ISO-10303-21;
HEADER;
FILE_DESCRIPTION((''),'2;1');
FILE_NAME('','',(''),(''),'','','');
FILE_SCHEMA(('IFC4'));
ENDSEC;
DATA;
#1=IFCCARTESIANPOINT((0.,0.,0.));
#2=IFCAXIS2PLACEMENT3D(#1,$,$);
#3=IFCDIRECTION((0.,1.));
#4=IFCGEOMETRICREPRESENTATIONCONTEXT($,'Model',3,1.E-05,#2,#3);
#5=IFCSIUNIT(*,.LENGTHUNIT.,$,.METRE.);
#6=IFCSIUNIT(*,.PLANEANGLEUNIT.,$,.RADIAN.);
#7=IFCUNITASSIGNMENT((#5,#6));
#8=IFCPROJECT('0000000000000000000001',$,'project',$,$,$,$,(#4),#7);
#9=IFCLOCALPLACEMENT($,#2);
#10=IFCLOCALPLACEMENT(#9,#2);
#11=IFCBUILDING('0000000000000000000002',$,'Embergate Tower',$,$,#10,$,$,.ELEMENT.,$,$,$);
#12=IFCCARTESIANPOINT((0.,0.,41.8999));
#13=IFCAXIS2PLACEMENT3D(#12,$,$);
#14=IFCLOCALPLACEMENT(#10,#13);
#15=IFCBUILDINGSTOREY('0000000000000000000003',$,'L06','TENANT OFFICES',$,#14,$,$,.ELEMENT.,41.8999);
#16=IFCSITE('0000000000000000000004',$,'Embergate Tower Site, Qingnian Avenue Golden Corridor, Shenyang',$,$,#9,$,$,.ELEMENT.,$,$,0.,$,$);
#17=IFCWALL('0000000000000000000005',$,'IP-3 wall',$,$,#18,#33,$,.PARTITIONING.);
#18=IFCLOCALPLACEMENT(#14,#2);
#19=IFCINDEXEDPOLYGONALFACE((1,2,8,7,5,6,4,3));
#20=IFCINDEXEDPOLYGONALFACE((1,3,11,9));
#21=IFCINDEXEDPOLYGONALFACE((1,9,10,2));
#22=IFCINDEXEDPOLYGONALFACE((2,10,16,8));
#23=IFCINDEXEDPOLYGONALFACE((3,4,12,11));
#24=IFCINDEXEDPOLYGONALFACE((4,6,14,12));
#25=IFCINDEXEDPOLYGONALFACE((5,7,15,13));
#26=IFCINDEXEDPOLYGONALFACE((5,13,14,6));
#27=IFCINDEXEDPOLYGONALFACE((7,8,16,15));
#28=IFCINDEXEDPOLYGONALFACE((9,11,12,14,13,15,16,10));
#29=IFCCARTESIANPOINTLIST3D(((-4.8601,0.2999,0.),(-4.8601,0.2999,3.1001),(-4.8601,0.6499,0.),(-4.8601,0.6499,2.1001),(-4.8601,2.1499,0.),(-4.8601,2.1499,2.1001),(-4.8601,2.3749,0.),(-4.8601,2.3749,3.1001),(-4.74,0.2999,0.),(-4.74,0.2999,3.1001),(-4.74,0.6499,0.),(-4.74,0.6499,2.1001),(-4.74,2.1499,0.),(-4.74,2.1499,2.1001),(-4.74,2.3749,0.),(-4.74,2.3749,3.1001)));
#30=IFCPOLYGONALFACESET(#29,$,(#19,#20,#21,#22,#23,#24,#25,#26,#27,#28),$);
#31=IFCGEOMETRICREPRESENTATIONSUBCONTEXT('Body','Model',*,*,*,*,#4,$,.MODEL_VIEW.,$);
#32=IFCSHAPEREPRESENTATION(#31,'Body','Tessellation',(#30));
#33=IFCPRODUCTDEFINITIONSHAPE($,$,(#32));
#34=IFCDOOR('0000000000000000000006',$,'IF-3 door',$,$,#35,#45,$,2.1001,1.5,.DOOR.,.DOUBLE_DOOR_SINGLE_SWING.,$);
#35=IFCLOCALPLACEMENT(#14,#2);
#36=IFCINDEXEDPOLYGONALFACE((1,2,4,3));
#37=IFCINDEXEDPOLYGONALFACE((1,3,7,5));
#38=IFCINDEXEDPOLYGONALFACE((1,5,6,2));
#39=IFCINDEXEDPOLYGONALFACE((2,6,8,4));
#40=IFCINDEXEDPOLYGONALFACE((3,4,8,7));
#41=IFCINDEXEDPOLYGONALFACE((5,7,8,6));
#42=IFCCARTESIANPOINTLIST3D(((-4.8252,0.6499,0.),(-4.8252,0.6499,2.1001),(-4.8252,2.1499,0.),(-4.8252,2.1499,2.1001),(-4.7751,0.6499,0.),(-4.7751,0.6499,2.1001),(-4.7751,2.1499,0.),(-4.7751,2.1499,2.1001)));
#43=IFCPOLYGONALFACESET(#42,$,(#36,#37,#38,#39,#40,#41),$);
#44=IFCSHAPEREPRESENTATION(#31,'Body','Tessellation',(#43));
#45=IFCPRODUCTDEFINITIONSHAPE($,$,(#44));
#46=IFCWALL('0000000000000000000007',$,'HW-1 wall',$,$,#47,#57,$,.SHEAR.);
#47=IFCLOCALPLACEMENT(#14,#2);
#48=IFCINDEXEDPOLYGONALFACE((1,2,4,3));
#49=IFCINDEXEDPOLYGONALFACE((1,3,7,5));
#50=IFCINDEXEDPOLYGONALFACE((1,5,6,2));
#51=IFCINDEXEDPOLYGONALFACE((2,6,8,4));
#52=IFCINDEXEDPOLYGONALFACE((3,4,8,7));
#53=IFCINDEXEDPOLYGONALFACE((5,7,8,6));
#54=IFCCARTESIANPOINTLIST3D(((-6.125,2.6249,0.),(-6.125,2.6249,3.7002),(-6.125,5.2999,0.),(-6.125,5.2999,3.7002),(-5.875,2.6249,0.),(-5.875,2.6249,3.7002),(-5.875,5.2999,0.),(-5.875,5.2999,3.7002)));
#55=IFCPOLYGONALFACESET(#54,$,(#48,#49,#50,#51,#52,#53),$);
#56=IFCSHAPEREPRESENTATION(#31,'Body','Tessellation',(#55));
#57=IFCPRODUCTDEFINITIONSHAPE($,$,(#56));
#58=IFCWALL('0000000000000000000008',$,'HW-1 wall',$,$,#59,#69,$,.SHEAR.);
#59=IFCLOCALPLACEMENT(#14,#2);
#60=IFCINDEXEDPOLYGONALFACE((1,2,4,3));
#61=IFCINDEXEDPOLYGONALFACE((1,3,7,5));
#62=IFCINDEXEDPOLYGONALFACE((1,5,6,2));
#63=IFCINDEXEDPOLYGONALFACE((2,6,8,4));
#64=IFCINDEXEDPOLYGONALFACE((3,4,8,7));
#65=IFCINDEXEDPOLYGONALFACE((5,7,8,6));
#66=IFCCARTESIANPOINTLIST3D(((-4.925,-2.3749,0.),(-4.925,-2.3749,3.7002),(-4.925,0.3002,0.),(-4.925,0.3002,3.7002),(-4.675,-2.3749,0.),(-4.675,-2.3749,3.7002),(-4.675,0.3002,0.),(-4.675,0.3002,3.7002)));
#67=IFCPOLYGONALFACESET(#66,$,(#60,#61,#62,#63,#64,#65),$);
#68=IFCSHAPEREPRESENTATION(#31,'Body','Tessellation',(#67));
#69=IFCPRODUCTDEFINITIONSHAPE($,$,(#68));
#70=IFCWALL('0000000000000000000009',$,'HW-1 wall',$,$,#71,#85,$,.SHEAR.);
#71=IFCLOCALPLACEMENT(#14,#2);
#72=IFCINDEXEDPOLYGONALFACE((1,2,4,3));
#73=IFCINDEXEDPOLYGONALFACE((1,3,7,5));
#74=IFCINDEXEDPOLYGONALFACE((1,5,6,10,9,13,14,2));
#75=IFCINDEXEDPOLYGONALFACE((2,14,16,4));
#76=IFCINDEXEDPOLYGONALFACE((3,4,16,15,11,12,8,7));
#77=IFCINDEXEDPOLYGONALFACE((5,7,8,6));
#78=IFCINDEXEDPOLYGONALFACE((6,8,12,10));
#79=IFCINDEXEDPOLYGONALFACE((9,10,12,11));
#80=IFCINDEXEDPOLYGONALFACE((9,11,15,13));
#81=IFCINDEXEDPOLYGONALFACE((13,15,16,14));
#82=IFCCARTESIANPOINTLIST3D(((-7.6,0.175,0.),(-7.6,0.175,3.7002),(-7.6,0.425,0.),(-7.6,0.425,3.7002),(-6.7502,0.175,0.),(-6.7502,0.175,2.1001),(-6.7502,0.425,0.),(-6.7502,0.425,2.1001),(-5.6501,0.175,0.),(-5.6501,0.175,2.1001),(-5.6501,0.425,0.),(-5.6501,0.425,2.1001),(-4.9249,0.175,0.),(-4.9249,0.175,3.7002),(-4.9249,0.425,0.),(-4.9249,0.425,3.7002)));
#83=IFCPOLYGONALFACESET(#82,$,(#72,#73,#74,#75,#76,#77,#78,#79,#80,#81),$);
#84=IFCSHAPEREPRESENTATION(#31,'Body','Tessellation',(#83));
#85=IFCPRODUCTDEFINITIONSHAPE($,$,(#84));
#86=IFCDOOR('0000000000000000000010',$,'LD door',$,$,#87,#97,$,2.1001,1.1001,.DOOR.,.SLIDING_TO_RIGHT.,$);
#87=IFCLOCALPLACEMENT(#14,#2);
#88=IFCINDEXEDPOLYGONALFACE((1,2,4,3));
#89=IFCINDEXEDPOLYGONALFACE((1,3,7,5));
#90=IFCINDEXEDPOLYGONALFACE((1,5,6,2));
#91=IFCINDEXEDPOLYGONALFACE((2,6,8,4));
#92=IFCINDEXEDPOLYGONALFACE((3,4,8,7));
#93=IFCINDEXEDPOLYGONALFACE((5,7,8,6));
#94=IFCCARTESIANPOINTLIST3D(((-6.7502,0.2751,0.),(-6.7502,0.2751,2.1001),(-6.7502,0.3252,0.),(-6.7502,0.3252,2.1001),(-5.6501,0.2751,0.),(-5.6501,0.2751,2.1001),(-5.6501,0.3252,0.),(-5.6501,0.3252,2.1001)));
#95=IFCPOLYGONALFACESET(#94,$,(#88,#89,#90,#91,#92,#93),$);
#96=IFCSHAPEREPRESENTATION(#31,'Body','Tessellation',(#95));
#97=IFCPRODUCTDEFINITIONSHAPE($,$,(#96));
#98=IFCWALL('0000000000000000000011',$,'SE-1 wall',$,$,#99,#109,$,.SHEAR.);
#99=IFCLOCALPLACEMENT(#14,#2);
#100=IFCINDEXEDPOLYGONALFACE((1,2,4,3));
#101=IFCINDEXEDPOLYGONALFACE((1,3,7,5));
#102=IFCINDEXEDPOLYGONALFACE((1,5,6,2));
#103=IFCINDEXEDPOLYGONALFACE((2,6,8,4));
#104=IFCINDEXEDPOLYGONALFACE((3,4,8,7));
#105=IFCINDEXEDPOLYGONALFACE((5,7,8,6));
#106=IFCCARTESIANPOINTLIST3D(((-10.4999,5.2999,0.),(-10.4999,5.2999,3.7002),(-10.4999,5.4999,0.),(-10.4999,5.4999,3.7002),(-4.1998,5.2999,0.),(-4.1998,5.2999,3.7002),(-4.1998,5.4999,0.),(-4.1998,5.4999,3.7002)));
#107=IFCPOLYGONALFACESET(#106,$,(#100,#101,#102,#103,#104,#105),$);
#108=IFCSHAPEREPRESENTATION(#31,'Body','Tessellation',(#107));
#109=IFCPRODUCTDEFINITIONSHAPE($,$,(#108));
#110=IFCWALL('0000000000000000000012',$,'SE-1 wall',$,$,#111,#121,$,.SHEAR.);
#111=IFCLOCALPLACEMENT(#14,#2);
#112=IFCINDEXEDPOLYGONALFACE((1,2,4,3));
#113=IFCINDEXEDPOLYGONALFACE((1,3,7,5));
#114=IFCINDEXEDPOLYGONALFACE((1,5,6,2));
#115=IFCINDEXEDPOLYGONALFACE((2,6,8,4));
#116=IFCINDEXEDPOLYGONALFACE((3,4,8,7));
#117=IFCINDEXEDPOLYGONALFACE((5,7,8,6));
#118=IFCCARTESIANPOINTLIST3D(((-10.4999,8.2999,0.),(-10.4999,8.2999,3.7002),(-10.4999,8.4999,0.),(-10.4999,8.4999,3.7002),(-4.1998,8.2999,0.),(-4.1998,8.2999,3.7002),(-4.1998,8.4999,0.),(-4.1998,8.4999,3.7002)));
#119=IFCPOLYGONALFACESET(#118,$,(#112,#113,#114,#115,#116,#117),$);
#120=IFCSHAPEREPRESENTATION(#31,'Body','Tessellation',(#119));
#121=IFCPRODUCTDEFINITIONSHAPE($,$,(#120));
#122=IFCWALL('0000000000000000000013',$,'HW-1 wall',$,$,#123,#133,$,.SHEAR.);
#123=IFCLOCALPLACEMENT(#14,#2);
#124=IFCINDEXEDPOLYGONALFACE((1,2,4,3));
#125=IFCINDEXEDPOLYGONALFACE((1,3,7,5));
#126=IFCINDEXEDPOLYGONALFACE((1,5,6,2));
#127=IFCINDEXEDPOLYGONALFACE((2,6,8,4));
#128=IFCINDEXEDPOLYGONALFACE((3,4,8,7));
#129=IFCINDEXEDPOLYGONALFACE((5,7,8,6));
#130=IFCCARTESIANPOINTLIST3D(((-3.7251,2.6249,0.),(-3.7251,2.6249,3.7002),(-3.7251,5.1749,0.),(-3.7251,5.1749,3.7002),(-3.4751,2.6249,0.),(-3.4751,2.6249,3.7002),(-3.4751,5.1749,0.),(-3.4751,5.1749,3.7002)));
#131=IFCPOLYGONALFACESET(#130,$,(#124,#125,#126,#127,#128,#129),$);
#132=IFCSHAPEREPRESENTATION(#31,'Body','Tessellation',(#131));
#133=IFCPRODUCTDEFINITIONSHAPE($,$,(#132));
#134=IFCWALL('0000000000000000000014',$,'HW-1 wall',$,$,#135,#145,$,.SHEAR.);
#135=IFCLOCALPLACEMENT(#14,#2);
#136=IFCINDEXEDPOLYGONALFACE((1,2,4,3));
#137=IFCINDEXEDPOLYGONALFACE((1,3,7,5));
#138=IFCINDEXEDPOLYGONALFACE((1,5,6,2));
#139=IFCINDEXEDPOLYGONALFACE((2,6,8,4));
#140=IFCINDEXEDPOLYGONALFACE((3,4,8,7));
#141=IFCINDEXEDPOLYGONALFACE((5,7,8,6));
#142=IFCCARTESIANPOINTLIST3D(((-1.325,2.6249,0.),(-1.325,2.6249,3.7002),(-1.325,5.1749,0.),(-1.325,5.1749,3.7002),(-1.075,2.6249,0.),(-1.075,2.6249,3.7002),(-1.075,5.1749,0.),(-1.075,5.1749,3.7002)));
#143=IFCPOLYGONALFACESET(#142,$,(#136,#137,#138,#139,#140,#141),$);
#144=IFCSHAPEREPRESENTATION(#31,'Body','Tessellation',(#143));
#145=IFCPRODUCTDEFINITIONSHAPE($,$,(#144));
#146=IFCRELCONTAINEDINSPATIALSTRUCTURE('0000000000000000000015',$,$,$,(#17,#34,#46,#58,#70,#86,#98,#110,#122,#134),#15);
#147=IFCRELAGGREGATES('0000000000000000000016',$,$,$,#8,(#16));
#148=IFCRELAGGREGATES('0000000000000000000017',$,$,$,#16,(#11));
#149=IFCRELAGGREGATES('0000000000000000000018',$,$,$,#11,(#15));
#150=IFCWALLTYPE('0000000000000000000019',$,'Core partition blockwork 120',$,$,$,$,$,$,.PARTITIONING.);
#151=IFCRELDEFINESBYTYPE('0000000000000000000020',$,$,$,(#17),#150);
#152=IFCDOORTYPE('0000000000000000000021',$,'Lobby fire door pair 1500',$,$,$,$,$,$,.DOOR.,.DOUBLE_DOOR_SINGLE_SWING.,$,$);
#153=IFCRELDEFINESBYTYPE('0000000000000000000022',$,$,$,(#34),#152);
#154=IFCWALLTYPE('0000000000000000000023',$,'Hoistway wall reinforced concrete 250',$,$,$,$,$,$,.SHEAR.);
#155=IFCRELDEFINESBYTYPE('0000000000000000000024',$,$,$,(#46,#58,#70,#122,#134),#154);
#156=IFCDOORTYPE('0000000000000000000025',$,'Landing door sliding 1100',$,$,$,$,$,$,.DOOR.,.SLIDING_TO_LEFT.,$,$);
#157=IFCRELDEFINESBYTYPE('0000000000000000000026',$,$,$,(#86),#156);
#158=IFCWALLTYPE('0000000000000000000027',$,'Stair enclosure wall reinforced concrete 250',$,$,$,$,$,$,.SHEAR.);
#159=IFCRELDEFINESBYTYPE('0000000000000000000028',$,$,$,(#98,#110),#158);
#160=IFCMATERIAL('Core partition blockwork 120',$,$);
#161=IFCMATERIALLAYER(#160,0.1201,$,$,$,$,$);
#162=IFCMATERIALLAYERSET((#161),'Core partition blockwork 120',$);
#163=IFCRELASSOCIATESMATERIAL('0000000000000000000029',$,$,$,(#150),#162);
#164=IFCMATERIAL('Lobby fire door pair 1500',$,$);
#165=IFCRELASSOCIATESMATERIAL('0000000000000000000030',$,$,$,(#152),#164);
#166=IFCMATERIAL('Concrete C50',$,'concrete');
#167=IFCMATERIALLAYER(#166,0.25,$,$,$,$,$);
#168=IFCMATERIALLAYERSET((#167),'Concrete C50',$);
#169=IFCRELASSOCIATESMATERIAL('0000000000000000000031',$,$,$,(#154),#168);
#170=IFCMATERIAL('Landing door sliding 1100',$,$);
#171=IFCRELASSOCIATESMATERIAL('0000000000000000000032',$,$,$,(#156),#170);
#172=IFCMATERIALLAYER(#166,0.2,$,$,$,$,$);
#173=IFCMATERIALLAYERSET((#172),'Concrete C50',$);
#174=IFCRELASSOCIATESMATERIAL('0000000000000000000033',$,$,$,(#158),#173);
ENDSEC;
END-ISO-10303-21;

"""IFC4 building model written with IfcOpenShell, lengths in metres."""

from ifc_helpers import new_model, si_unit, direction, frame, frame_2d, origin, place, context, subcontext, project, spatial, rectangle, extrude, source, transform, mapped, material, layer, layer_set, type_object, element, fill, save


model = new_model("IFC4")

# Units and contexts
model_context = context("Model", 3, precision=1e-05, world=origin(), true_north=direction((0.0, 1.0)))
body_context = subcontext(model_context, "Body", "Model", "MODEL_VIEW")
ifc_project = project(units=[si_unit("LENGTHUNIT", "METRE"), si_unit("PLANEANGLEUNIT", "RADIAN")], contexts=[model_context])

# Site, building, storey
site_placement = place(None, origin())
site = spatial("IfcSite", under=ifc_project, at=site_placement, Name="Embergate Tower Site, Qingnian Avenue Golden Corridor, Shenyang", CompositionType="ELEMENT", RefElevation=0.0)
building_placement = place(site_placement, origin())
building = spatial("IfcBuilding", under=site, at=building_placement, Name="Embergate Tower", CompositionType="ELEMENT")
storey_placement = place(building_placement, frame((0.0, 0.0, 41.8999)))
storey = spatial("IfcBuildingStorey", under=building, at=storey_placement, Name="L06", Description="TENANT OFFICES", CompositionType="ELEMENT", Elevation=41.8999)

# Wall, opening, door
ifc_material_1 = material(Name="Core partition blockwork 120")
ifc_layer_1 = layer(ifc_material_1, 0.1201)
ifc_layer_set_1 = layer_set([ifc_layer_1], Name="Core partition blockwork 120")
wall_type_1 = type_object("IfcWallType", Name="Core partition blockwork 120", PredefinedType="PARTITIONING", material=ifc_layer_set_1)
shared_shape_1 = source(origin(), body_context, "Body", "SweptSolid", [
    extrude(rectangle(XDim=2.075, YDim=0.1201, at=frame_2d((1.0376, 0.0))), origin(), (0.0, 0.0, 1.0), 3.1001),
])
wall_1_placement = place(storey_placement, frame((-4.8, 2.375, 0.0), z_axis=(0.0, 0.0, 1.0), x_axis=(0.0, -1.0, 0.0)))
wall_1 = element("IfcWall", 1, at=wall_1_placement, inside=storey, type_object=wall_type_1, Name="IP-3 wall", PredefinedType="PARTITIONING", context=body_context, shape_type="MappedRepresentation", body=[
    mapped(shared_shape_1, transform((0.0, 0.0, 0.0))),
])
shared_shape_2 = source(origin(), body_context, "Body", "SweptSolid", [
    extrude(rectangle(XDim=1.5, YDim=2.1001, at=frame_2d((0.75, 1.05))), frame((0.0, 0.0701, 0.0), z_axis=(0.0, -1.0, 0.0), x_axis=(1.0, 0.0, 0.0)), (0.0, 0.0, 1.0), 0.1401),
])
opening_1_placement = place(wall_1_placement, frame((0.2251, 0.0, 0.0)))
opening_1 = element("IfcOpeningElement", 2, at=opening_1_placement, cuts=wall_1, PredefinedType="OPENING", context=body_context, shape_type="MappedRepresentation", body=[
    mapped(shared_shape_2, transform((0.0, 0.0, 0.0))),
])
ifc_material_2 = material(Name="Lobby fire door pair 1500")
door_type_1 = type_object("IfcDoorType", Name="Lobby fire door pair 1500", OperationType="DOUBLE_DOOR_SINGLE_SWING", PredefinedType="DOOR", material=ifc_material_2)
shared_shape_3 = source(origin(), body_context, "Body", "SweptSolid", [
    extrude(rectangle(XDim=1.5, YDim=2.1001, at=frame_2d((0.75, 1.05))), frame((0.0, 0.0249, 0.0), z_axis=(0.0, -1.0, 0.0), x_axis=(1.0, 0.0, 0.0)), (0.0, 0.0, 1.0), 0.05),
])
door_1_placement = place(opening_1_placement, origin())
door_1 = element("IfcDoor", 3, at=door_1_placement, inside=storey, type_object=door_type_1, Name="IF-3 door", OperationType="DOUBLE_DOOR_SINGLE_SWING", OverallHeight=2.1001, OverallWidth=1.5, PredefinedType="DOOR", context=body_context, shape_type="MappedRepresentation", body=[
    mapped(shared_shape_3, transform((0.0, 0.0, 0.0))),
])
fill(opening_1, door_1)

# Walls
ifc_material_3 = material(Name="Concrete C50", Category="concrete")
ifc_layer_2 = layer(ifc_material_3, 0.25)
ifc_layer_set_2 = layer_set([ifc_layer_2], Name="Concrete C50")
wall_type_2 = type_object("IfcWallType", Name="Hoistway wall reinforced concrete 250", PredefinedType="SHEAR", material=ifc_layer_set_2)
shared_shape_4 = source(origin(), body_context, "Body", "SweptSolid", [
    extrude(rectangle(XDim=2.675, YDim=0.25, at=frame_2d((1.3374, 0.0))), origin(), (0.0, 0.0, 1.0), 3.7002),
])
for number, where, z_axis, x_axis, name in (
    (4, (-6.0, 2.625, 0.0), (0.0, 0.0, 1.0), (0.0, 1.0, 0.0), "HW-1 wall"),
    (5, (-4.8, 0.3, 0.0), (0.0, 0.0, 1.0), (0.0, -1.0, 0.0), "HW-1 wall"),
):
    element("IfcWall", number, at=place(storey_placement, frame(where, z_axis=z_axis, x_axis=x_axis)), inside=storey, type_object=wall_type_2, Name=name, PredefinedType="SHEAR", context=body_context, shape_type="MappedRepresentation", body=[
        mapped(shared_shape_4, transform((0.0, 0.0, 0.0))),
    ])

# Wall, opening, door
wall_2_placement = place(storey_placement, frame((-4.925, 0.3, 0.0), z_axis=(0.0, 0.0, 1.0), x_axis=(-1.0, 0.0, 0.0)))
wall_2 = element("IfcWall", 6, at=wall_2_placement, inside=storey, type_object=wall_type_2, Name="HW-1 wall", PredefinedType="SHEAR", context=body_context, shape_type="MappedRepresentation", body=[
    mapped(shared_shape_4, transform((0.0, 0.0, 0.0))),
])
shared_shape_5 = source(origin(), body_context, "Body", "SweptSolid", [
    extrude(rectangle(XDim=1.1001, YDim=2.1001, at=frame_2d((0.55, 1.05))), frame((0.0, 0.135, 0.0), z_axis=(0.0, -1.0, 0.0), x_axis=(1.0, 0.0, 0.0)), (0.0, 0.0, 1.0), 0.27),
])
opening_2_placement = place(wall_2_placement, frame((0.7251, 0.0, 0.0)))
opening_2 = element("IfcOpeningElement", 7, at=opening_2_placement, cuts=wall_2, PredefinedType="OPENING", context=body_context, shape_type="MappedRepresentation", body=[
    mapped(shared_shape_5, transform((0.0, 0.0, 0.0))),
])
ifc_material_4 = material(Name="Landing door sliding 1100")
door_type_2 = type_object("IfcDoorType", Name="Landing door sliding 1100", OperationType="SLIDING_TO_LEFT", PredefinedType="DOOR", material=ifc_material_4)
shared_shape_6 = source(origin(), body_context, "Body", "SweptSolid", [
    extrude(rectangle(XDim=1.1001, YDim=2.1001, at=frame_2d((0.55, 1.05))), frame((0.0, 0.0249, 0.0), z_axis=(0.0, -1.0, 0.0), x_axis=(1.0, 0.0, 0.0)), (0.0, 0.0, 1.0), 0.05),
])
door_2_placement = place(opening_2_placement, origin())
door_2 = element("IfcDoor", 8, at=door_2_placement, inside=storey, type_object=door_type_2, Name="LD door", OperationType="SLIDING_TO_RIGHT", OverallHeight=2.1001, OverallWidth=1.1001, PredefinedType="DOOR", context=body_context, shape_type="MappedRepresentation", body=[
    mapped(shared_shape_6, transform((0.0, 0.0, 0.0))),
])
fill(opening_2, door_2)

# Walls
ifc_layer_3 = layer(ifc_material_3, 0.2)
ifc_layer_set_3 = layer_set([ifc_layer_3], Name="Concrete C50")
wall_type_3 = type_object("IfcWallType", Name="Stair enclosure wall reinforced concrete 250", PredefinedType="SHEAR", material=ifc_layer_set_3)
shared_shape_7 = source(origin(), body_context, "Body", "SweptSolid", [
    extrude(rectangle(XDim=6.3, YDim=0.2, at=frame_2d((3.1499, 0.0))), origin(), (0.0, 0.0, 1.0), 3.7002),
])
for number, where, z_axis, x_axis, name in (
    (9, (-4.2, 5.3999, 0.0), (0.0, 0.0, 1.0), (-1.0, 0.0, 0.0), "SE-1 wall"),
    (10, (-4.2, 8.3999, 0.0), (0.0, 0.0, 1.0), (-1.0, 0.0, 0.0), "SE-1 wall"),
):
    element("IfcWall", number, at=place(storey_placement, frame(where, z_axis=z_axis, x_axis=x_axis)), inside=storey, type_object=wall_type_3, Name=name, PredefinedType="SHEAR", context=body_context, shape_type="MappedRepresentation", body=[
        mapped(shared_shape_7, transform((0.0, 0.0, 0.0))),
    ])
shared_shape_8 = source(origin(), body_context, "Body", "SweptSolid", [
    extrude(rectangle(XDim=2.55, YDim=0.25, at=frame_2d((1.2749, 0.0))), origin(), (0.0, 0.0, 1.0), 3.7002),
])
for number, where, z_axis, x_axis, name in (
    (11, (-3.6001, 2.625, 0.0), (0.0, 0.0, 1.0), (0.0, 1.0, 0.0), "HW-1 wall"),
    (12, (-1.2, 2.625, 0.0), (0.0, 0.0, 1.0), (0.0, 1.0, 0.0), "HW-1 wall"),
):
    element("IfcWall", number, at=place(storey_placement, frame(where, z_axis=z_axis, x_axis=x_axis)), inside=storey, type_object=wall_type_2, Name=name, PredefinedType="SHEAR", context=body_context, shape_type="MappedRepresentation", body=[
        mapped(shared_shape_8, transform((0.0, 0.0, 0.0))),
    ])

save(model, "model.ifc")
